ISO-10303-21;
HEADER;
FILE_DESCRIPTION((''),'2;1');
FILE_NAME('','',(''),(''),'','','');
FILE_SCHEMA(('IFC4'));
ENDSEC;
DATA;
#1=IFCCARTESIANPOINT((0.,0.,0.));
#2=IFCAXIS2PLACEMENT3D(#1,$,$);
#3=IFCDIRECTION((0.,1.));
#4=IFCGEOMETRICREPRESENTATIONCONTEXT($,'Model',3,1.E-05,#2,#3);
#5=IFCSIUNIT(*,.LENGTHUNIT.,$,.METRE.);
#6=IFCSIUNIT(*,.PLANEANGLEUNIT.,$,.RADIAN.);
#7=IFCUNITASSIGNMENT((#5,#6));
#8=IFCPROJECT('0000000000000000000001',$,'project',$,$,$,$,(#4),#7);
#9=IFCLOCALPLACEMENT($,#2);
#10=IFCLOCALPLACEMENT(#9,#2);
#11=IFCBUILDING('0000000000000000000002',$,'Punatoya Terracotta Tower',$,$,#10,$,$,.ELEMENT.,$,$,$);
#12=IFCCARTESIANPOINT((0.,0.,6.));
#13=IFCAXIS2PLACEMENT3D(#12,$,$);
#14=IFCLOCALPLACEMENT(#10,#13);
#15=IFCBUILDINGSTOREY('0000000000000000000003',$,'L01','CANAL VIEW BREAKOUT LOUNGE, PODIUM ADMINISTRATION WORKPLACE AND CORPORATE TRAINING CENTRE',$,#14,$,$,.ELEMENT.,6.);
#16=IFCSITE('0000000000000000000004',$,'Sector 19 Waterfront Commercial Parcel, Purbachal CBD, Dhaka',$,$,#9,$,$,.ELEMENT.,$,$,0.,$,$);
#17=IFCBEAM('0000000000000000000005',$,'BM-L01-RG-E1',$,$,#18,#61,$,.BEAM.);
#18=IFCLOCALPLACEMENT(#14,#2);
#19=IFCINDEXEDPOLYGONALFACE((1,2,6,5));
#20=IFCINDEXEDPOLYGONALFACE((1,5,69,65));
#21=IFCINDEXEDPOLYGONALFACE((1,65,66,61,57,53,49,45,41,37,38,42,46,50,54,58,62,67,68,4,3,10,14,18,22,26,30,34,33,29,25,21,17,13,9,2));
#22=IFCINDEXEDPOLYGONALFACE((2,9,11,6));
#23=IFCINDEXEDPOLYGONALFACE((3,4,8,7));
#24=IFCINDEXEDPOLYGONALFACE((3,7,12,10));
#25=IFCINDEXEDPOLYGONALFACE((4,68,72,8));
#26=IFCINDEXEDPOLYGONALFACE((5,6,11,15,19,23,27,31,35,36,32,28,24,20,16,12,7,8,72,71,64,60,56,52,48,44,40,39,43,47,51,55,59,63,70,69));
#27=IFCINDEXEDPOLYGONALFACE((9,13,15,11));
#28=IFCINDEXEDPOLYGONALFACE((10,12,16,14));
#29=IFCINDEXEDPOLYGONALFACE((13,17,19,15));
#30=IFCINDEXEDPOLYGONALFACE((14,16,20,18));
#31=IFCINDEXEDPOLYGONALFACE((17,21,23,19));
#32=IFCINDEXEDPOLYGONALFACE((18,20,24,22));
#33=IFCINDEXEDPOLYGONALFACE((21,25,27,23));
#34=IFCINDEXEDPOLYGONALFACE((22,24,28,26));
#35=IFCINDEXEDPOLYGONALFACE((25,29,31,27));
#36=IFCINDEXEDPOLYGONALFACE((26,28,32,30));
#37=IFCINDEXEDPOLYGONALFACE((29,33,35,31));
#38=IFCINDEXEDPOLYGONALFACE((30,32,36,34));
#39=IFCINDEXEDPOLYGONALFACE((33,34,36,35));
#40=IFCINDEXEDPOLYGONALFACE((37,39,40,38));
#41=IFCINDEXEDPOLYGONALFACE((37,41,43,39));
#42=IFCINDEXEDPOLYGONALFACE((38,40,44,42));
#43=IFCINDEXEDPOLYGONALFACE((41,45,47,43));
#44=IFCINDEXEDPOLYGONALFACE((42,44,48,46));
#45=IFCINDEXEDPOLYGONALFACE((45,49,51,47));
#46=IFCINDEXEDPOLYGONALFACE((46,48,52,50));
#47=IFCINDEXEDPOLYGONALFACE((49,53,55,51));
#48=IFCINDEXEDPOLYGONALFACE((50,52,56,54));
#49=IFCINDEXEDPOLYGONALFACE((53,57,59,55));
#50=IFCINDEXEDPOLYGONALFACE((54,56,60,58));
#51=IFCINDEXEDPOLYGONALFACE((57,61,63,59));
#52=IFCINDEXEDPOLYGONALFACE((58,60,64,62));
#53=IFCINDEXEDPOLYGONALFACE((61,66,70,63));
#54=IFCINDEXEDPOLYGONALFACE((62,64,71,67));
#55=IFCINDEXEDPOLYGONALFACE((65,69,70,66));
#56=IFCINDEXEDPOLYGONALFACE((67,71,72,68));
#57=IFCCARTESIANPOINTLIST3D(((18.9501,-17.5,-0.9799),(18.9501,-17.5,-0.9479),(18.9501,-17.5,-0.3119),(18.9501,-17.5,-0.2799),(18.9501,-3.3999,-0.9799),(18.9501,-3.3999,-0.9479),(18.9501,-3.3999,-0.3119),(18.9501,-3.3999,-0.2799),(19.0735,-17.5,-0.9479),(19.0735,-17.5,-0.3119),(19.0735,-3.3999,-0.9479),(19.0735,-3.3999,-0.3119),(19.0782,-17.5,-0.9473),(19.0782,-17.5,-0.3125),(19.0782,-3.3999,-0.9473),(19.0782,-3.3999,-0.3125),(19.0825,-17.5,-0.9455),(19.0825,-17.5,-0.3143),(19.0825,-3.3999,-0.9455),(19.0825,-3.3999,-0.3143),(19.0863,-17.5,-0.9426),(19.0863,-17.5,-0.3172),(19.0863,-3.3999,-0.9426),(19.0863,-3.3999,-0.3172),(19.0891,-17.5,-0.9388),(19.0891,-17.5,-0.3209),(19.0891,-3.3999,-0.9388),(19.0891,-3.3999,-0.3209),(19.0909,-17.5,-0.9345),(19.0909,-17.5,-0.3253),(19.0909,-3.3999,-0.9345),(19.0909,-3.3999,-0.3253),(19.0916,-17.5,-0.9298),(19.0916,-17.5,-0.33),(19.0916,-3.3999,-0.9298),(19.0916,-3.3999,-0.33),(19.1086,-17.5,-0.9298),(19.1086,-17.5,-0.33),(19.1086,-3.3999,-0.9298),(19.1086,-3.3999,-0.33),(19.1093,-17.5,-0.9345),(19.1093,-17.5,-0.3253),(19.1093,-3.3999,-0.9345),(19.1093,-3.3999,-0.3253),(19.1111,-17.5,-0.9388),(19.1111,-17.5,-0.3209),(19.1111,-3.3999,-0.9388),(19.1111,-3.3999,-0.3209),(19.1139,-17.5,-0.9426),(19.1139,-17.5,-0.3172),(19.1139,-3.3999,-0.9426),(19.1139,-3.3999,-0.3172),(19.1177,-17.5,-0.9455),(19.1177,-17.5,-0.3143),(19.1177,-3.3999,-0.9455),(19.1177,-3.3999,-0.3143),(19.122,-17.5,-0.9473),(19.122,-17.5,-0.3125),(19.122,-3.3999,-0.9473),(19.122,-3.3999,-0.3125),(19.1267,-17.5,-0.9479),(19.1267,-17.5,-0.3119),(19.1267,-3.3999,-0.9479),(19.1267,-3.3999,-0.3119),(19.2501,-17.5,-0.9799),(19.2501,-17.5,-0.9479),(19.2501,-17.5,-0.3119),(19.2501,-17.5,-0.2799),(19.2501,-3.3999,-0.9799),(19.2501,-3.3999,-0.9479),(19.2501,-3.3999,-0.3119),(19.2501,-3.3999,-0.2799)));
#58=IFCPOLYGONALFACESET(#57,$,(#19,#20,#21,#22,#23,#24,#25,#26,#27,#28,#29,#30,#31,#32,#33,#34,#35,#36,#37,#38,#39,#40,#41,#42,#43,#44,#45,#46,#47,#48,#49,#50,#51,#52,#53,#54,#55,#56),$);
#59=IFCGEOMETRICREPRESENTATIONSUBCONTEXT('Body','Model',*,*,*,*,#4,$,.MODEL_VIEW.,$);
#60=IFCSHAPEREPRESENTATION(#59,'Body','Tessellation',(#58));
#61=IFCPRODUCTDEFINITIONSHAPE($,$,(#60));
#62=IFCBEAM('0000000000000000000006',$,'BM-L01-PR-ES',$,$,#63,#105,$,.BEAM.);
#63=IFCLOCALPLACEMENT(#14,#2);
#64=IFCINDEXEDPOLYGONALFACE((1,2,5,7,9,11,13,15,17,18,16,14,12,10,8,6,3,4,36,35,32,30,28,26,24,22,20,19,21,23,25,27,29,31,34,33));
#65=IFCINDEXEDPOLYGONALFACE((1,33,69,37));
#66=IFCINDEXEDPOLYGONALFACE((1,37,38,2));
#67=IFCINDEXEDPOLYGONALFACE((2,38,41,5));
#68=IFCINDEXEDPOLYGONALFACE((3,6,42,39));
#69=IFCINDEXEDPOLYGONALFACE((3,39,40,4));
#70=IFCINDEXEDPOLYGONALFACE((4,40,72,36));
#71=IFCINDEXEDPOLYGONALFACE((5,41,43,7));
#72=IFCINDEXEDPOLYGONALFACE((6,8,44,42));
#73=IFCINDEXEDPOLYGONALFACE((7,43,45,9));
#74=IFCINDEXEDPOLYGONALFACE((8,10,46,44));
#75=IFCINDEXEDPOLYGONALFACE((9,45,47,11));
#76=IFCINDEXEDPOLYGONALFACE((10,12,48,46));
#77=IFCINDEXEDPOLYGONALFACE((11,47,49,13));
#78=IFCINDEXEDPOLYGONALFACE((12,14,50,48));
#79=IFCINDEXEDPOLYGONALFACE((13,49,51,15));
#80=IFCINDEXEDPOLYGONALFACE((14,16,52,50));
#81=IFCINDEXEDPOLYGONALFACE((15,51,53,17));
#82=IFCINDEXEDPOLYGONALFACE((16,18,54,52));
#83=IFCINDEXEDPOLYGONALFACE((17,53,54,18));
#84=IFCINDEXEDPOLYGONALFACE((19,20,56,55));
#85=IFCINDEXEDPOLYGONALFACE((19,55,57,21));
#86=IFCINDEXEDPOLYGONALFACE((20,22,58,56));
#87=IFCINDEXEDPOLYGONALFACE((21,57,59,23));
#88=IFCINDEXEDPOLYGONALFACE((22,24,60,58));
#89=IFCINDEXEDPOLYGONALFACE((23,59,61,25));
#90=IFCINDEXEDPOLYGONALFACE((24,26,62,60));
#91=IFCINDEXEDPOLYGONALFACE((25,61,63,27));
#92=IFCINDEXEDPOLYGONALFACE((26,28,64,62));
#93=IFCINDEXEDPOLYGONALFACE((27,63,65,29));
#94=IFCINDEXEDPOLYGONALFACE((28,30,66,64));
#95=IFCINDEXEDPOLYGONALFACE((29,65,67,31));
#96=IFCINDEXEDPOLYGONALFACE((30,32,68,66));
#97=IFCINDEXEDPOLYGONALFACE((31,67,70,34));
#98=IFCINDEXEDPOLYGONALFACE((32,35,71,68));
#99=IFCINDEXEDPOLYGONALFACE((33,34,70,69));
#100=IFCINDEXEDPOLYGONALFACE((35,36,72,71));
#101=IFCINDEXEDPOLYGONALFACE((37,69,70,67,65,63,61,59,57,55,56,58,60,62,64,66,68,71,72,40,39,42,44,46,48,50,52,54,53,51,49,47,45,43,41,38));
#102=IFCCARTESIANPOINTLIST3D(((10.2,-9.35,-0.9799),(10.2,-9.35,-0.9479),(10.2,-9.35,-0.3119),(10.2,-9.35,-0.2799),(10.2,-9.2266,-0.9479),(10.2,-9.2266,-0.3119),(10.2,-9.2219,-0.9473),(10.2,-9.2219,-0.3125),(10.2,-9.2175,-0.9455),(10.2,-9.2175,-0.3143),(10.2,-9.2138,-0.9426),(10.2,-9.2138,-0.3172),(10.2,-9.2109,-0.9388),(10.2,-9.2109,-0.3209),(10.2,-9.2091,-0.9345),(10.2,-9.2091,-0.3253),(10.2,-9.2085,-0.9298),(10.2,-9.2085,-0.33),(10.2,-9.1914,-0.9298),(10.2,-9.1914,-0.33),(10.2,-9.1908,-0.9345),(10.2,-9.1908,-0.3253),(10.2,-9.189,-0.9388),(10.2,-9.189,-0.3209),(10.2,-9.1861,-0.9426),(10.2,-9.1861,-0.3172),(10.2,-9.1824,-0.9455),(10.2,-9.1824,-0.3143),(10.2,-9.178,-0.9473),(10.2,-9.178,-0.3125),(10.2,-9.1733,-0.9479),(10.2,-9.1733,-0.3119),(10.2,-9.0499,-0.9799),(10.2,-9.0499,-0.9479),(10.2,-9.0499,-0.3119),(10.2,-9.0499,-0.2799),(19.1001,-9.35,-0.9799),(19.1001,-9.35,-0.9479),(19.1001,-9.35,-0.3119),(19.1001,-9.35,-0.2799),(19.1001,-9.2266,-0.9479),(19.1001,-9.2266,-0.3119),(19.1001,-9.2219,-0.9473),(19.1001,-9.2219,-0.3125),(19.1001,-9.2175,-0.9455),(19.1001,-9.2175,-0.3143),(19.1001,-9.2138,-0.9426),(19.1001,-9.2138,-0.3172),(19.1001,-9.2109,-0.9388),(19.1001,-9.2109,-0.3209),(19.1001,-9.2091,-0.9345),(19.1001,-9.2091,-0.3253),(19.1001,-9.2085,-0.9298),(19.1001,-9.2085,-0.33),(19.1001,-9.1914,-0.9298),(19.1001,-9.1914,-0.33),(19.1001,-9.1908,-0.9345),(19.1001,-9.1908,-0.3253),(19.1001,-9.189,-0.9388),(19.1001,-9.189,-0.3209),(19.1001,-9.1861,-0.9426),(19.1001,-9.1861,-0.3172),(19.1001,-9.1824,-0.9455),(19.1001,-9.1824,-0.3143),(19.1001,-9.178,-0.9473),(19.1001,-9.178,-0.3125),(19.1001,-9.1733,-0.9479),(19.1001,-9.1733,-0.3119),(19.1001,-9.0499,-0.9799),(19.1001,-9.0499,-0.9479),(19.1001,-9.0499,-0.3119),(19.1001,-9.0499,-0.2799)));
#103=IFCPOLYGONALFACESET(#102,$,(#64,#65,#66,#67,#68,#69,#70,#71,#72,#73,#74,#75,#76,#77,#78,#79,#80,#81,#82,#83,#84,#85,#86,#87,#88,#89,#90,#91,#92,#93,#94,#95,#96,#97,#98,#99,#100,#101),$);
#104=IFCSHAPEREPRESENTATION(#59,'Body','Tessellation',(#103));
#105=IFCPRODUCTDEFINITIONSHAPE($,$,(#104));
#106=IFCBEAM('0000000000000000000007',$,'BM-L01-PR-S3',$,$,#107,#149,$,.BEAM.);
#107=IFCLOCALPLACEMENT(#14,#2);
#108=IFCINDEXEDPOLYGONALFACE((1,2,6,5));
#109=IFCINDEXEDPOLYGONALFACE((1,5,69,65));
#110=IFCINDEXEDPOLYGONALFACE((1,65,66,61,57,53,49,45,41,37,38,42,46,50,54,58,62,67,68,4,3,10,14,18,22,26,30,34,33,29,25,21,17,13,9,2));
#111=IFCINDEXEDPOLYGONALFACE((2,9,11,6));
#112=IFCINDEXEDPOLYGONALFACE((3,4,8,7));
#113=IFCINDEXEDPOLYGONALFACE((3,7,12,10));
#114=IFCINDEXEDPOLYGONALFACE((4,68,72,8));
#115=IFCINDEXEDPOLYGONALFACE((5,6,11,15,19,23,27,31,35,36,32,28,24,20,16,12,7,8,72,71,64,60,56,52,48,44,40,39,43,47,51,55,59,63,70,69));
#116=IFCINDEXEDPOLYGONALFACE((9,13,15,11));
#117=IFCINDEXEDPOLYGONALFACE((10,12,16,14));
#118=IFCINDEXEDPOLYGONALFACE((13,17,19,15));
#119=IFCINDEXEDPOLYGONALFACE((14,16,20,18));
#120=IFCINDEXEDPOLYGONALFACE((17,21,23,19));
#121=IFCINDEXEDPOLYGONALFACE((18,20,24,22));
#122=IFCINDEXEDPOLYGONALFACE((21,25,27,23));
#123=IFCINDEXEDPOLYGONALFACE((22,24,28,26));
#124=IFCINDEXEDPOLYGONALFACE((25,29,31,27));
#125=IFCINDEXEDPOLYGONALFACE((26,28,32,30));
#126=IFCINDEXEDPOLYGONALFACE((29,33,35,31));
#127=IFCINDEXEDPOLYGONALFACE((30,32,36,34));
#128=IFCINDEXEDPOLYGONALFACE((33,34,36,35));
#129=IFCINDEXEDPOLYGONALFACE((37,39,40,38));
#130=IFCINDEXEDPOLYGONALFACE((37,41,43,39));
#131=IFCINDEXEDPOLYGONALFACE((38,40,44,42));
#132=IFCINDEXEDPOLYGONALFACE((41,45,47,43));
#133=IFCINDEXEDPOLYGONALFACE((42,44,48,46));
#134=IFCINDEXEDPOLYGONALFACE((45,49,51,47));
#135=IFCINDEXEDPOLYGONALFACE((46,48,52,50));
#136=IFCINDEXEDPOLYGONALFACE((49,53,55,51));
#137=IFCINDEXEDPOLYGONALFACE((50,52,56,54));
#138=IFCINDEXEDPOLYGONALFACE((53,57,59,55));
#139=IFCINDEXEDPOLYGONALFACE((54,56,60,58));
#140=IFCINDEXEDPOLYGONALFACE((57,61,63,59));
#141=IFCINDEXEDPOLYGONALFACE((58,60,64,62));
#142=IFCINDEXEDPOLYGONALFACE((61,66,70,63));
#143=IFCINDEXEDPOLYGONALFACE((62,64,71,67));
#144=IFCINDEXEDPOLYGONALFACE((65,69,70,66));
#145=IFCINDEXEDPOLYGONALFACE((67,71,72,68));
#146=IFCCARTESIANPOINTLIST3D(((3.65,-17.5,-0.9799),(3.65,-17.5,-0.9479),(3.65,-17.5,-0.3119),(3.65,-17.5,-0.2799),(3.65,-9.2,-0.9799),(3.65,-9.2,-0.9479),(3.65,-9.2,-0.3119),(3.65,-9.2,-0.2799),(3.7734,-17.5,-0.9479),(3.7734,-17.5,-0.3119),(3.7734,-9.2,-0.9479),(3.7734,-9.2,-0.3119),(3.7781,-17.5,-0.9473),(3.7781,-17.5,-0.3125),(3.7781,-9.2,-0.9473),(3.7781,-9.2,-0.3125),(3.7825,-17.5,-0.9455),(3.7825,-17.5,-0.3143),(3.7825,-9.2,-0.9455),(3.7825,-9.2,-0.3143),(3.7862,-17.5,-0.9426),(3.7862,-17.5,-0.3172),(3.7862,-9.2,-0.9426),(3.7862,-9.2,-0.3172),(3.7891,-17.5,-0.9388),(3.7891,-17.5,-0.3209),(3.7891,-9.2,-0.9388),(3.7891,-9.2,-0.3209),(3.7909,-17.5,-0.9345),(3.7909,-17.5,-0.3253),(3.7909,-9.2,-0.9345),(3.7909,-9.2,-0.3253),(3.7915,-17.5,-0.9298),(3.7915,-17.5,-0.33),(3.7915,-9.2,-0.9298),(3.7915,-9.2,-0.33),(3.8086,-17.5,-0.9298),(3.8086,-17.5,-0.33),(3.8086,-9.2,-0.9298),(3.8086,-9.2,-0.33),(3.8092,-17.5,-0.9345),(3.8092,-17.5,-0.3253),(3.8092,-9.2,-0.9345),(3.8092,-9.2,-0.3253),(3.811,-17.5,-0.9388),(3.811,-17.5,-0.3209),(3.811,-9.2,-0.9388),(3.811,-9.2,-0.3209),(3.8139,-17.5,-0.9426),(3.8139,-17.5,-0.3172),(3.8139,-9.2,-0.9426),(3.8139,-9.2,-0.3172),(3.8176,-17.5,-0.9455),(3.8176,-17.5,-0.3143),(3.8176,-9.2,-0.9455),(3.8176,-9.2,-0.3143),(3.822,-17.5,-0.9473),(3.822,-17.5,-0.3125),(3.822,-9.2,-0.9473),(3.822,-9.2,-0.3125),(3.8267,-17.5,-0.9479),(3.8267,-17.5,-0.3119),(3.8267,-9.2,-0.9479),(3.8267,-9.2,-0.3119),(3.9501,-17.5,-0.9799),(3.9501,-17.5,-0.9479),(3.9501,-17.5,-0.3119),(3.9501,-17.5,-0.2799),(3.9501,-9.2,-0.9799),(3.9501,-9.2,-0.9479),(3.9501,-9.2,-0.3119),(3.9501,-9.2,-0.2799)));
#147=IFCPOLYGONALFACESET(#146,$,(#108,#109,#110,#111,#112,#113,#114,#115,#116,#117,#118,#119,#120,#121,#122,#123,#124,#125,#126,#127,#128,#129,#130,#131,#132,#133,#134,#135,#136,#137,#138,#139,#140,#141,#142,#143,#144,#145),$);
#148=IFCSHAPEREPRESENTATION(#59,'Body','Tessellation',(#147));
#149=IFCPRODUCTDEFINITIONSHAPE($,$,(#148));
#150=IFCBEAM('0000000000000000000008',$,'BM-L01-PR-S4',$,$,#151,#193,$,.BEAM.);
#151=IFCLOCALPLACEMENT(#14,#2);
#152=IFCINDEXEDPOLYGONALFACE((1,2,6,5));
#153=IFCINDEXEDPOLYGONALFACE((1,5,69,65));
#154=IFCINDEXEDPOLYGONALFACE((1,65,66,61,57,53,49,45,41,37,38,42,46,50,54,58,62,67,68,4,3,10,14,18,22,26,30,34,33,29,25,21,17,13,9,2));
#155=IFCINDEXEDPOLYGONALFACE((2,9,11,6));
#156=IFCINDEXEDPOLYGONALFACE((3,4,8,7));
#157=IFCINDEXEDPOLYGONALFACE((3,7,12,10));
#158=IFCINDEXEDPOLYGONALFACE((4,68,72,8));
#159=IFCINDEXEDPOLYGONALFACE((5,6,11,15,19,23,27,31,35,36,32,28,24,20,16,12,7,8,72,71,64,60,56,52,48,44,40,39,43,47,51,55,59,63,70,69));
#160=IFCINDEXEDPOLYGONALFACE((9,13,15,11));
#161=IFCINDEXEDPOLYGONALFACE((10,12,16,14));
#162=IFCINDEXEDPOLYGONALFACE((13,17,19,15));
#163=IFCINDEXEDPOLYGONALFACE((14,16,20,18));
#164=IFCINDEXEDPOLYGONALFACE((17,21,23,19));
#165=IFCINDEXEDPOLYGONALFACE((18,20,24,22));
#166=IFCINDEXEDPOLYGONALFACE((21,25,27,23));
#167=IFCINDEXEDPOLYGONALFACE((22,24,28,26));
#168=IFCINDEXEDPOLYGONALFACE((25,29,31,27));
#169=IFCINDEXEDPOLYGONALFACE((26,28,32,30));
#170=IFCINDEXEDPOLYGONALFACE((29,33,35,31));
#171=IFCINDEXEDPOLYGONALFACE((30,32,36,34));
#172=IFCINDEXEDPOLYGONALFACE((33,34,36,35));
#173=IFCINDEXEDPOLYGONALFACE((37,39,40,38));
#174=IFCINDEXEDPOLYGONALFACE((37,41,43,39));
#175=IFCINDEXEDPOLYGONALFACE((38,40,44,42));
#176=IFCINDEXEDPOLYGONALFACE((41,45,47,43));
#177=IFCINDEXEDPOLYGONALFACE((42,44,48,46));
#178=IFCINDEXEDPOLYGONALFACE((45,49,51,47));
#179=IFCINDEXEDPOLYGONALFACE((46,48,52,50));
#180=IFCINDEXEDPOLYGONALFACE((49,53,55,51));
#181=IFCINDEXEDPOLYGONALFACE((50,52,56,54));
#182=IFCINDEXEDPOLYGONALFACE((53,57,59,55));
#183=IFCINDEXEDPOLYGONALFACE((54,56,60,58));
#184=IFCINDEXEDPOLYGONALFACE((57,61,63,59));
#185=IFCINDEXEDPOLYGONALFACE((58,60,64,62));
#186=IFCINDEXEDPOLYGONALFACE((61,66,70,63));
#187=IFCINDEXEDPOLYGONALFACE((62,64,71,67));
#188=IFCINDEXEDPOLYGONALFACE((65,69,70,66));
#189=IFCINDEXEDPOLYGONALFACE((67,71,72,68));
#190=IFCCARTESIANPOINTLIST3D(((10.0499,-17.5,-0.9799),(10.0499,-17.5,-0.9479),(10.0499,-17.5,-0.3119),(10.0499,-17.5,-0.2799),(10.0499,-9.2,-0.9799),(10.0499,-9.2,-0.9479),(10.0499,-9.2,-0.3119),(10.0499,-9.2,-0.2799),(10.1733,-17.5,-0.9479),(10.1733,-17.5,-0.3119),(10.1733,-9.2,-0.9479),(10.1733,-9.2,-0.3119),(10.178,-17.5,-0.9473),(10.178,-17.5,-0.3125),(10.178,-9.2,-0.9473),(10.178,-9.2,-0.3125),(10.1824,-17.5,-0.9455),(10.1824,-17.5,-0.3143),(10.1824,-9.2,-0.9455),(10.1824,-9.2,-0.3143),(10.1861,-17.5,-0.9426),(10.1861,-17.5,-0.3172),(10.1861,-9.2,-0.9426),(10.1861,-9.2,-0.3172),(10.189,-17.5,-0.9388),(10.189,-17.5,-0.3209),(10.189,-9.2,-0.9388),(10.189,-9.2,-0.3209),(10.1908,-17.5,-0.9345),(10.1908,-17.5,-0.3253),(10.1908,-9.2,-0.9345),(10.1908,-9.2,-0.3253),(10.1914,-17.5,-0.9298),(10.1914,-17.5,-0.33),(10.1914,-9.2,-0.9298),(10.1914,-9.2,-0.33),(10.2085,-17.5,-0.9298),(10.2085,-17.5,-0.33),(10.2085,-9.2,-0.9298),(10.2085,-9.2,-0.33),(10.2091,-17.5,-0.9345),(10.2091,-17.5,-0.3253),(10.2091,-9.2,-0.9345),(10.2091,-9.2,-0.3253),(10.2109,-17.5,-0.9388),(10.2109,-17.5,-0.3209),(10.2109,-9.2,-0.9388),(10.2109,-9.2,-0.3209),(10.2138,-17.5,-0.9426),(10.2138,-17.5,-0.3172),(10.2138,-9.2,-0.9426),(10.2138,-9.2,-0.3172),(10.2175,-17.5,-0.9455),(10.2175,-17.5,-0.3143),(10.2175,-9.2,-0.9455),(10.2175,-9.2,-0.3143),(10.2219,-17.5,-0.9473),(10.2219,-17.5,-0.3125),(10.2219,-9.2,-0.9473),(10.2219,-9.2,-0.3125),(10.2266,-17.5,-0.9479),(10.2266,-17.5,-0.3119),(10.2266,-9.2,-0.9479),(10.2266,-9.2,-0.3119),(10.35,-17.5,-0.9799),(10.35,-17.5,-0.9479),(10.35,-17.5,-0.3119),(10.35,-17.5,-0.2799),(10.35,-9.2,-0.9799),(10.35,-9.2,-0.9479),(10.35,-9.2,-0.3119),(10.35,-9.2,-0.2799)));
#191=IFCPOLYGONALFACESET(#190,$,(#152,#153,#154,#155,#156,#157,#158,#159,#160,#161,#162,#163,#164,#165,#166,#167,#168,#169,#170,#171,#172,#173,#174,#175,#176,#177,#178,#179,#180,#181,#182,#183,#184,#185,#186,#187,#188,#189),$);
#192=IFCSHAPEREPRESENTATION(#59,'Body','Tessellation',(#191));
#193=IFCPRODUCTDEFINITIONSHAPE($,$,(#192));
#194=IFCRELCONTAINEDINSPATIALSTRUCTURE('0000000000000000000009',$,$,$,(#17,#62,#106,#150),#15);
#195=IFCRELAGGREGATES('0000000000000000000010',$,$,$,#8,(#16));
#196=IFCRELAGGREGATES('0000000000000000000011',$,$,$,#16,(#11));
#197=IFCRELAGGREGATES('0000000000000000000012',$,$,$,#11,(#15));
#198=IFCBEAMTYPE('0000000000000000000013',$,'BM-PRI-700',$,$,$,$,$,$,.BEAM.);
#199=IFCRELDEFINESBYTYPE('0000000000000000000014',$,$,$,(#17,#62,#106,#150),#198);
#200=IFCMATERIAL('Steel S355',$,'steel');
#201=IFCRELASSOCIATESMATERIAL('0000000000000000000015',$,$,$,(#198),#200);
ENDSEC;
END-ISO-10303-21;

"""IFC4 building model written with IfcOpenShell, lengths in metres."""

from ifc_helpers import new_model, si_unit, direction, frame, origin, origin_2d, place, context, subcontext, project, spatial, i_section, extrude, material, material_profile, profile_set, type_object, element, save


model = new_model("IFC4")

# Units and contexts
model_context = context("Model", 3, precision=1e-05, world=origin(), true_north=direction((0.0, 1.0)))
body_context = subcontext(model_context, "Body", "Model", "MODEL_VIEW")
ifc_project = project(units=[si_unit("LENGTHUNIT", "METRE"), si_unit("PLANEANGLEUNIT", "RADIAN")], contexts=[model_context])

# Site, building, storey
site_placement = place(None, origin())
site = spatial("IfcSite", under=ifc_project, at=site_placement, Name="Sector 19 Waterfront Commercial Parcel, Purbachal CBD, Dhaka", CompositionType="ELEMENT", RefElevation=0.0)
building_placement = place(site_placement, origin())
building = spatial("IfcBuilding", under=site, at=building_placement, Name="Punatoya Terracotta Tower", CompositionType="ELEMENT")
storey_placement = place(building_placement, frame((0.0, 0.0, 6.0)))
storey = spatial("IfcBuildingStorey", under=building, at=storey_placement, Name="L01", Description="CANAL VIEW BREAKOUT LOUNGE, PODIUM ADMINISTRATION WORKPLACE AND CORPORATE TRAINING CENTRE", CompositionType="ELEMENT", Elevation=6.0)

# Beams
ifc_material_1 = material(Name="Steel S355", Category="steel")
ifc_material_profile_1 = material_profile(ifc_material_1, i_section(OverallWidth=0.3, OverallDepth=0.7, WebThickness=0.0171, FlangeThickness=0.032, FilletRadius=0.0181, at=origin_2d()))
ifc_profile_set_1 = profile_set([ifc_material_profile_1], Name="Steel S355")
beam_type_1 = type_object("IfcBeamType", Name="BM-PRI-700", PredefinedType="BEAM", material=ifc_profile_set_1)
beam_1_placement = place(storey_placement, frame((19.1001, -17.5, -0.6299), z_axis=(0.0, 1.0, 0.0), x_axis=(-1.0, 0.0, 0.0)))
element("IfcBeam", 1, at=beam_1_placement, inside=storey, type_object=beam_type_1, Name="BM-L01-RG-E1", PredefinedType="BEAM", context=body_context, shape_type="SweptSolid", body=[
    extrude(i_section(OverallWidth=0.3, OverallDepth=0.7, WebThickness=0.0171, FlangeThickness=0.032, FilletRadius=0.0181, at=origin_2d()), origin(), (0.0, 0.0, 1.0), 14.1001),
])
beam_2_placement = place(storey_placement, frame((10.2, -9.2, -0.6299), z_axis=(1.0, 0.0, 0.0), x_axis=(0.0, 1.0, 0.0)))
element("IfcBeam", 2, at=beam_2_placement, inside=storey, type_object=beam_type_1, Name="BM-L01-PR-ES", PredefinedType="BEAM", context=body_context, shape_type="SweptSolid", body=[
    extrude(i_section(OverallWidth=0.3, OverallDepth=0.7, WebThickness=0.0171, FlangeThickness=0.032, FilletRadius=0.0181, at=origin_2d()), origin(), (0.0, 0.0, 1.0), 8.9001),
])
for number, where, z_axis, x_axis, name in (
    (3, (3.8, -17.5, -0.6299), (0.0, 1.0, 0.0), (-1.0, 0.0, 0.0), "BM-L01-PR-S3"),
    (4, (10.2, -17.5, -0.6299), (0.0, 1.0, 0.0), (-1.0, 0.0, 0.0), "BM-L01-PR-S4"),
):
    element("IfcBeam", number, at=place(storey_placement, frame(where, z_axis=z_axis, x_axis=x_axis)), inside=storey, type_object=beam_type_1, Name=name, PredefinedType="BEAM", context=body_context, shape_type="SweptSolid", body=[
        extrude(i_section(OverallWidth=0.3, OverallDepth=0.7, WebThickness=0.0171, FlangeThickness=0.032, FilletRadius=0.0181, at=origin_2d()), origin(), (0.0, 0.0, 1.0), 8.3),
    ])

save(model, "model.ifc")
